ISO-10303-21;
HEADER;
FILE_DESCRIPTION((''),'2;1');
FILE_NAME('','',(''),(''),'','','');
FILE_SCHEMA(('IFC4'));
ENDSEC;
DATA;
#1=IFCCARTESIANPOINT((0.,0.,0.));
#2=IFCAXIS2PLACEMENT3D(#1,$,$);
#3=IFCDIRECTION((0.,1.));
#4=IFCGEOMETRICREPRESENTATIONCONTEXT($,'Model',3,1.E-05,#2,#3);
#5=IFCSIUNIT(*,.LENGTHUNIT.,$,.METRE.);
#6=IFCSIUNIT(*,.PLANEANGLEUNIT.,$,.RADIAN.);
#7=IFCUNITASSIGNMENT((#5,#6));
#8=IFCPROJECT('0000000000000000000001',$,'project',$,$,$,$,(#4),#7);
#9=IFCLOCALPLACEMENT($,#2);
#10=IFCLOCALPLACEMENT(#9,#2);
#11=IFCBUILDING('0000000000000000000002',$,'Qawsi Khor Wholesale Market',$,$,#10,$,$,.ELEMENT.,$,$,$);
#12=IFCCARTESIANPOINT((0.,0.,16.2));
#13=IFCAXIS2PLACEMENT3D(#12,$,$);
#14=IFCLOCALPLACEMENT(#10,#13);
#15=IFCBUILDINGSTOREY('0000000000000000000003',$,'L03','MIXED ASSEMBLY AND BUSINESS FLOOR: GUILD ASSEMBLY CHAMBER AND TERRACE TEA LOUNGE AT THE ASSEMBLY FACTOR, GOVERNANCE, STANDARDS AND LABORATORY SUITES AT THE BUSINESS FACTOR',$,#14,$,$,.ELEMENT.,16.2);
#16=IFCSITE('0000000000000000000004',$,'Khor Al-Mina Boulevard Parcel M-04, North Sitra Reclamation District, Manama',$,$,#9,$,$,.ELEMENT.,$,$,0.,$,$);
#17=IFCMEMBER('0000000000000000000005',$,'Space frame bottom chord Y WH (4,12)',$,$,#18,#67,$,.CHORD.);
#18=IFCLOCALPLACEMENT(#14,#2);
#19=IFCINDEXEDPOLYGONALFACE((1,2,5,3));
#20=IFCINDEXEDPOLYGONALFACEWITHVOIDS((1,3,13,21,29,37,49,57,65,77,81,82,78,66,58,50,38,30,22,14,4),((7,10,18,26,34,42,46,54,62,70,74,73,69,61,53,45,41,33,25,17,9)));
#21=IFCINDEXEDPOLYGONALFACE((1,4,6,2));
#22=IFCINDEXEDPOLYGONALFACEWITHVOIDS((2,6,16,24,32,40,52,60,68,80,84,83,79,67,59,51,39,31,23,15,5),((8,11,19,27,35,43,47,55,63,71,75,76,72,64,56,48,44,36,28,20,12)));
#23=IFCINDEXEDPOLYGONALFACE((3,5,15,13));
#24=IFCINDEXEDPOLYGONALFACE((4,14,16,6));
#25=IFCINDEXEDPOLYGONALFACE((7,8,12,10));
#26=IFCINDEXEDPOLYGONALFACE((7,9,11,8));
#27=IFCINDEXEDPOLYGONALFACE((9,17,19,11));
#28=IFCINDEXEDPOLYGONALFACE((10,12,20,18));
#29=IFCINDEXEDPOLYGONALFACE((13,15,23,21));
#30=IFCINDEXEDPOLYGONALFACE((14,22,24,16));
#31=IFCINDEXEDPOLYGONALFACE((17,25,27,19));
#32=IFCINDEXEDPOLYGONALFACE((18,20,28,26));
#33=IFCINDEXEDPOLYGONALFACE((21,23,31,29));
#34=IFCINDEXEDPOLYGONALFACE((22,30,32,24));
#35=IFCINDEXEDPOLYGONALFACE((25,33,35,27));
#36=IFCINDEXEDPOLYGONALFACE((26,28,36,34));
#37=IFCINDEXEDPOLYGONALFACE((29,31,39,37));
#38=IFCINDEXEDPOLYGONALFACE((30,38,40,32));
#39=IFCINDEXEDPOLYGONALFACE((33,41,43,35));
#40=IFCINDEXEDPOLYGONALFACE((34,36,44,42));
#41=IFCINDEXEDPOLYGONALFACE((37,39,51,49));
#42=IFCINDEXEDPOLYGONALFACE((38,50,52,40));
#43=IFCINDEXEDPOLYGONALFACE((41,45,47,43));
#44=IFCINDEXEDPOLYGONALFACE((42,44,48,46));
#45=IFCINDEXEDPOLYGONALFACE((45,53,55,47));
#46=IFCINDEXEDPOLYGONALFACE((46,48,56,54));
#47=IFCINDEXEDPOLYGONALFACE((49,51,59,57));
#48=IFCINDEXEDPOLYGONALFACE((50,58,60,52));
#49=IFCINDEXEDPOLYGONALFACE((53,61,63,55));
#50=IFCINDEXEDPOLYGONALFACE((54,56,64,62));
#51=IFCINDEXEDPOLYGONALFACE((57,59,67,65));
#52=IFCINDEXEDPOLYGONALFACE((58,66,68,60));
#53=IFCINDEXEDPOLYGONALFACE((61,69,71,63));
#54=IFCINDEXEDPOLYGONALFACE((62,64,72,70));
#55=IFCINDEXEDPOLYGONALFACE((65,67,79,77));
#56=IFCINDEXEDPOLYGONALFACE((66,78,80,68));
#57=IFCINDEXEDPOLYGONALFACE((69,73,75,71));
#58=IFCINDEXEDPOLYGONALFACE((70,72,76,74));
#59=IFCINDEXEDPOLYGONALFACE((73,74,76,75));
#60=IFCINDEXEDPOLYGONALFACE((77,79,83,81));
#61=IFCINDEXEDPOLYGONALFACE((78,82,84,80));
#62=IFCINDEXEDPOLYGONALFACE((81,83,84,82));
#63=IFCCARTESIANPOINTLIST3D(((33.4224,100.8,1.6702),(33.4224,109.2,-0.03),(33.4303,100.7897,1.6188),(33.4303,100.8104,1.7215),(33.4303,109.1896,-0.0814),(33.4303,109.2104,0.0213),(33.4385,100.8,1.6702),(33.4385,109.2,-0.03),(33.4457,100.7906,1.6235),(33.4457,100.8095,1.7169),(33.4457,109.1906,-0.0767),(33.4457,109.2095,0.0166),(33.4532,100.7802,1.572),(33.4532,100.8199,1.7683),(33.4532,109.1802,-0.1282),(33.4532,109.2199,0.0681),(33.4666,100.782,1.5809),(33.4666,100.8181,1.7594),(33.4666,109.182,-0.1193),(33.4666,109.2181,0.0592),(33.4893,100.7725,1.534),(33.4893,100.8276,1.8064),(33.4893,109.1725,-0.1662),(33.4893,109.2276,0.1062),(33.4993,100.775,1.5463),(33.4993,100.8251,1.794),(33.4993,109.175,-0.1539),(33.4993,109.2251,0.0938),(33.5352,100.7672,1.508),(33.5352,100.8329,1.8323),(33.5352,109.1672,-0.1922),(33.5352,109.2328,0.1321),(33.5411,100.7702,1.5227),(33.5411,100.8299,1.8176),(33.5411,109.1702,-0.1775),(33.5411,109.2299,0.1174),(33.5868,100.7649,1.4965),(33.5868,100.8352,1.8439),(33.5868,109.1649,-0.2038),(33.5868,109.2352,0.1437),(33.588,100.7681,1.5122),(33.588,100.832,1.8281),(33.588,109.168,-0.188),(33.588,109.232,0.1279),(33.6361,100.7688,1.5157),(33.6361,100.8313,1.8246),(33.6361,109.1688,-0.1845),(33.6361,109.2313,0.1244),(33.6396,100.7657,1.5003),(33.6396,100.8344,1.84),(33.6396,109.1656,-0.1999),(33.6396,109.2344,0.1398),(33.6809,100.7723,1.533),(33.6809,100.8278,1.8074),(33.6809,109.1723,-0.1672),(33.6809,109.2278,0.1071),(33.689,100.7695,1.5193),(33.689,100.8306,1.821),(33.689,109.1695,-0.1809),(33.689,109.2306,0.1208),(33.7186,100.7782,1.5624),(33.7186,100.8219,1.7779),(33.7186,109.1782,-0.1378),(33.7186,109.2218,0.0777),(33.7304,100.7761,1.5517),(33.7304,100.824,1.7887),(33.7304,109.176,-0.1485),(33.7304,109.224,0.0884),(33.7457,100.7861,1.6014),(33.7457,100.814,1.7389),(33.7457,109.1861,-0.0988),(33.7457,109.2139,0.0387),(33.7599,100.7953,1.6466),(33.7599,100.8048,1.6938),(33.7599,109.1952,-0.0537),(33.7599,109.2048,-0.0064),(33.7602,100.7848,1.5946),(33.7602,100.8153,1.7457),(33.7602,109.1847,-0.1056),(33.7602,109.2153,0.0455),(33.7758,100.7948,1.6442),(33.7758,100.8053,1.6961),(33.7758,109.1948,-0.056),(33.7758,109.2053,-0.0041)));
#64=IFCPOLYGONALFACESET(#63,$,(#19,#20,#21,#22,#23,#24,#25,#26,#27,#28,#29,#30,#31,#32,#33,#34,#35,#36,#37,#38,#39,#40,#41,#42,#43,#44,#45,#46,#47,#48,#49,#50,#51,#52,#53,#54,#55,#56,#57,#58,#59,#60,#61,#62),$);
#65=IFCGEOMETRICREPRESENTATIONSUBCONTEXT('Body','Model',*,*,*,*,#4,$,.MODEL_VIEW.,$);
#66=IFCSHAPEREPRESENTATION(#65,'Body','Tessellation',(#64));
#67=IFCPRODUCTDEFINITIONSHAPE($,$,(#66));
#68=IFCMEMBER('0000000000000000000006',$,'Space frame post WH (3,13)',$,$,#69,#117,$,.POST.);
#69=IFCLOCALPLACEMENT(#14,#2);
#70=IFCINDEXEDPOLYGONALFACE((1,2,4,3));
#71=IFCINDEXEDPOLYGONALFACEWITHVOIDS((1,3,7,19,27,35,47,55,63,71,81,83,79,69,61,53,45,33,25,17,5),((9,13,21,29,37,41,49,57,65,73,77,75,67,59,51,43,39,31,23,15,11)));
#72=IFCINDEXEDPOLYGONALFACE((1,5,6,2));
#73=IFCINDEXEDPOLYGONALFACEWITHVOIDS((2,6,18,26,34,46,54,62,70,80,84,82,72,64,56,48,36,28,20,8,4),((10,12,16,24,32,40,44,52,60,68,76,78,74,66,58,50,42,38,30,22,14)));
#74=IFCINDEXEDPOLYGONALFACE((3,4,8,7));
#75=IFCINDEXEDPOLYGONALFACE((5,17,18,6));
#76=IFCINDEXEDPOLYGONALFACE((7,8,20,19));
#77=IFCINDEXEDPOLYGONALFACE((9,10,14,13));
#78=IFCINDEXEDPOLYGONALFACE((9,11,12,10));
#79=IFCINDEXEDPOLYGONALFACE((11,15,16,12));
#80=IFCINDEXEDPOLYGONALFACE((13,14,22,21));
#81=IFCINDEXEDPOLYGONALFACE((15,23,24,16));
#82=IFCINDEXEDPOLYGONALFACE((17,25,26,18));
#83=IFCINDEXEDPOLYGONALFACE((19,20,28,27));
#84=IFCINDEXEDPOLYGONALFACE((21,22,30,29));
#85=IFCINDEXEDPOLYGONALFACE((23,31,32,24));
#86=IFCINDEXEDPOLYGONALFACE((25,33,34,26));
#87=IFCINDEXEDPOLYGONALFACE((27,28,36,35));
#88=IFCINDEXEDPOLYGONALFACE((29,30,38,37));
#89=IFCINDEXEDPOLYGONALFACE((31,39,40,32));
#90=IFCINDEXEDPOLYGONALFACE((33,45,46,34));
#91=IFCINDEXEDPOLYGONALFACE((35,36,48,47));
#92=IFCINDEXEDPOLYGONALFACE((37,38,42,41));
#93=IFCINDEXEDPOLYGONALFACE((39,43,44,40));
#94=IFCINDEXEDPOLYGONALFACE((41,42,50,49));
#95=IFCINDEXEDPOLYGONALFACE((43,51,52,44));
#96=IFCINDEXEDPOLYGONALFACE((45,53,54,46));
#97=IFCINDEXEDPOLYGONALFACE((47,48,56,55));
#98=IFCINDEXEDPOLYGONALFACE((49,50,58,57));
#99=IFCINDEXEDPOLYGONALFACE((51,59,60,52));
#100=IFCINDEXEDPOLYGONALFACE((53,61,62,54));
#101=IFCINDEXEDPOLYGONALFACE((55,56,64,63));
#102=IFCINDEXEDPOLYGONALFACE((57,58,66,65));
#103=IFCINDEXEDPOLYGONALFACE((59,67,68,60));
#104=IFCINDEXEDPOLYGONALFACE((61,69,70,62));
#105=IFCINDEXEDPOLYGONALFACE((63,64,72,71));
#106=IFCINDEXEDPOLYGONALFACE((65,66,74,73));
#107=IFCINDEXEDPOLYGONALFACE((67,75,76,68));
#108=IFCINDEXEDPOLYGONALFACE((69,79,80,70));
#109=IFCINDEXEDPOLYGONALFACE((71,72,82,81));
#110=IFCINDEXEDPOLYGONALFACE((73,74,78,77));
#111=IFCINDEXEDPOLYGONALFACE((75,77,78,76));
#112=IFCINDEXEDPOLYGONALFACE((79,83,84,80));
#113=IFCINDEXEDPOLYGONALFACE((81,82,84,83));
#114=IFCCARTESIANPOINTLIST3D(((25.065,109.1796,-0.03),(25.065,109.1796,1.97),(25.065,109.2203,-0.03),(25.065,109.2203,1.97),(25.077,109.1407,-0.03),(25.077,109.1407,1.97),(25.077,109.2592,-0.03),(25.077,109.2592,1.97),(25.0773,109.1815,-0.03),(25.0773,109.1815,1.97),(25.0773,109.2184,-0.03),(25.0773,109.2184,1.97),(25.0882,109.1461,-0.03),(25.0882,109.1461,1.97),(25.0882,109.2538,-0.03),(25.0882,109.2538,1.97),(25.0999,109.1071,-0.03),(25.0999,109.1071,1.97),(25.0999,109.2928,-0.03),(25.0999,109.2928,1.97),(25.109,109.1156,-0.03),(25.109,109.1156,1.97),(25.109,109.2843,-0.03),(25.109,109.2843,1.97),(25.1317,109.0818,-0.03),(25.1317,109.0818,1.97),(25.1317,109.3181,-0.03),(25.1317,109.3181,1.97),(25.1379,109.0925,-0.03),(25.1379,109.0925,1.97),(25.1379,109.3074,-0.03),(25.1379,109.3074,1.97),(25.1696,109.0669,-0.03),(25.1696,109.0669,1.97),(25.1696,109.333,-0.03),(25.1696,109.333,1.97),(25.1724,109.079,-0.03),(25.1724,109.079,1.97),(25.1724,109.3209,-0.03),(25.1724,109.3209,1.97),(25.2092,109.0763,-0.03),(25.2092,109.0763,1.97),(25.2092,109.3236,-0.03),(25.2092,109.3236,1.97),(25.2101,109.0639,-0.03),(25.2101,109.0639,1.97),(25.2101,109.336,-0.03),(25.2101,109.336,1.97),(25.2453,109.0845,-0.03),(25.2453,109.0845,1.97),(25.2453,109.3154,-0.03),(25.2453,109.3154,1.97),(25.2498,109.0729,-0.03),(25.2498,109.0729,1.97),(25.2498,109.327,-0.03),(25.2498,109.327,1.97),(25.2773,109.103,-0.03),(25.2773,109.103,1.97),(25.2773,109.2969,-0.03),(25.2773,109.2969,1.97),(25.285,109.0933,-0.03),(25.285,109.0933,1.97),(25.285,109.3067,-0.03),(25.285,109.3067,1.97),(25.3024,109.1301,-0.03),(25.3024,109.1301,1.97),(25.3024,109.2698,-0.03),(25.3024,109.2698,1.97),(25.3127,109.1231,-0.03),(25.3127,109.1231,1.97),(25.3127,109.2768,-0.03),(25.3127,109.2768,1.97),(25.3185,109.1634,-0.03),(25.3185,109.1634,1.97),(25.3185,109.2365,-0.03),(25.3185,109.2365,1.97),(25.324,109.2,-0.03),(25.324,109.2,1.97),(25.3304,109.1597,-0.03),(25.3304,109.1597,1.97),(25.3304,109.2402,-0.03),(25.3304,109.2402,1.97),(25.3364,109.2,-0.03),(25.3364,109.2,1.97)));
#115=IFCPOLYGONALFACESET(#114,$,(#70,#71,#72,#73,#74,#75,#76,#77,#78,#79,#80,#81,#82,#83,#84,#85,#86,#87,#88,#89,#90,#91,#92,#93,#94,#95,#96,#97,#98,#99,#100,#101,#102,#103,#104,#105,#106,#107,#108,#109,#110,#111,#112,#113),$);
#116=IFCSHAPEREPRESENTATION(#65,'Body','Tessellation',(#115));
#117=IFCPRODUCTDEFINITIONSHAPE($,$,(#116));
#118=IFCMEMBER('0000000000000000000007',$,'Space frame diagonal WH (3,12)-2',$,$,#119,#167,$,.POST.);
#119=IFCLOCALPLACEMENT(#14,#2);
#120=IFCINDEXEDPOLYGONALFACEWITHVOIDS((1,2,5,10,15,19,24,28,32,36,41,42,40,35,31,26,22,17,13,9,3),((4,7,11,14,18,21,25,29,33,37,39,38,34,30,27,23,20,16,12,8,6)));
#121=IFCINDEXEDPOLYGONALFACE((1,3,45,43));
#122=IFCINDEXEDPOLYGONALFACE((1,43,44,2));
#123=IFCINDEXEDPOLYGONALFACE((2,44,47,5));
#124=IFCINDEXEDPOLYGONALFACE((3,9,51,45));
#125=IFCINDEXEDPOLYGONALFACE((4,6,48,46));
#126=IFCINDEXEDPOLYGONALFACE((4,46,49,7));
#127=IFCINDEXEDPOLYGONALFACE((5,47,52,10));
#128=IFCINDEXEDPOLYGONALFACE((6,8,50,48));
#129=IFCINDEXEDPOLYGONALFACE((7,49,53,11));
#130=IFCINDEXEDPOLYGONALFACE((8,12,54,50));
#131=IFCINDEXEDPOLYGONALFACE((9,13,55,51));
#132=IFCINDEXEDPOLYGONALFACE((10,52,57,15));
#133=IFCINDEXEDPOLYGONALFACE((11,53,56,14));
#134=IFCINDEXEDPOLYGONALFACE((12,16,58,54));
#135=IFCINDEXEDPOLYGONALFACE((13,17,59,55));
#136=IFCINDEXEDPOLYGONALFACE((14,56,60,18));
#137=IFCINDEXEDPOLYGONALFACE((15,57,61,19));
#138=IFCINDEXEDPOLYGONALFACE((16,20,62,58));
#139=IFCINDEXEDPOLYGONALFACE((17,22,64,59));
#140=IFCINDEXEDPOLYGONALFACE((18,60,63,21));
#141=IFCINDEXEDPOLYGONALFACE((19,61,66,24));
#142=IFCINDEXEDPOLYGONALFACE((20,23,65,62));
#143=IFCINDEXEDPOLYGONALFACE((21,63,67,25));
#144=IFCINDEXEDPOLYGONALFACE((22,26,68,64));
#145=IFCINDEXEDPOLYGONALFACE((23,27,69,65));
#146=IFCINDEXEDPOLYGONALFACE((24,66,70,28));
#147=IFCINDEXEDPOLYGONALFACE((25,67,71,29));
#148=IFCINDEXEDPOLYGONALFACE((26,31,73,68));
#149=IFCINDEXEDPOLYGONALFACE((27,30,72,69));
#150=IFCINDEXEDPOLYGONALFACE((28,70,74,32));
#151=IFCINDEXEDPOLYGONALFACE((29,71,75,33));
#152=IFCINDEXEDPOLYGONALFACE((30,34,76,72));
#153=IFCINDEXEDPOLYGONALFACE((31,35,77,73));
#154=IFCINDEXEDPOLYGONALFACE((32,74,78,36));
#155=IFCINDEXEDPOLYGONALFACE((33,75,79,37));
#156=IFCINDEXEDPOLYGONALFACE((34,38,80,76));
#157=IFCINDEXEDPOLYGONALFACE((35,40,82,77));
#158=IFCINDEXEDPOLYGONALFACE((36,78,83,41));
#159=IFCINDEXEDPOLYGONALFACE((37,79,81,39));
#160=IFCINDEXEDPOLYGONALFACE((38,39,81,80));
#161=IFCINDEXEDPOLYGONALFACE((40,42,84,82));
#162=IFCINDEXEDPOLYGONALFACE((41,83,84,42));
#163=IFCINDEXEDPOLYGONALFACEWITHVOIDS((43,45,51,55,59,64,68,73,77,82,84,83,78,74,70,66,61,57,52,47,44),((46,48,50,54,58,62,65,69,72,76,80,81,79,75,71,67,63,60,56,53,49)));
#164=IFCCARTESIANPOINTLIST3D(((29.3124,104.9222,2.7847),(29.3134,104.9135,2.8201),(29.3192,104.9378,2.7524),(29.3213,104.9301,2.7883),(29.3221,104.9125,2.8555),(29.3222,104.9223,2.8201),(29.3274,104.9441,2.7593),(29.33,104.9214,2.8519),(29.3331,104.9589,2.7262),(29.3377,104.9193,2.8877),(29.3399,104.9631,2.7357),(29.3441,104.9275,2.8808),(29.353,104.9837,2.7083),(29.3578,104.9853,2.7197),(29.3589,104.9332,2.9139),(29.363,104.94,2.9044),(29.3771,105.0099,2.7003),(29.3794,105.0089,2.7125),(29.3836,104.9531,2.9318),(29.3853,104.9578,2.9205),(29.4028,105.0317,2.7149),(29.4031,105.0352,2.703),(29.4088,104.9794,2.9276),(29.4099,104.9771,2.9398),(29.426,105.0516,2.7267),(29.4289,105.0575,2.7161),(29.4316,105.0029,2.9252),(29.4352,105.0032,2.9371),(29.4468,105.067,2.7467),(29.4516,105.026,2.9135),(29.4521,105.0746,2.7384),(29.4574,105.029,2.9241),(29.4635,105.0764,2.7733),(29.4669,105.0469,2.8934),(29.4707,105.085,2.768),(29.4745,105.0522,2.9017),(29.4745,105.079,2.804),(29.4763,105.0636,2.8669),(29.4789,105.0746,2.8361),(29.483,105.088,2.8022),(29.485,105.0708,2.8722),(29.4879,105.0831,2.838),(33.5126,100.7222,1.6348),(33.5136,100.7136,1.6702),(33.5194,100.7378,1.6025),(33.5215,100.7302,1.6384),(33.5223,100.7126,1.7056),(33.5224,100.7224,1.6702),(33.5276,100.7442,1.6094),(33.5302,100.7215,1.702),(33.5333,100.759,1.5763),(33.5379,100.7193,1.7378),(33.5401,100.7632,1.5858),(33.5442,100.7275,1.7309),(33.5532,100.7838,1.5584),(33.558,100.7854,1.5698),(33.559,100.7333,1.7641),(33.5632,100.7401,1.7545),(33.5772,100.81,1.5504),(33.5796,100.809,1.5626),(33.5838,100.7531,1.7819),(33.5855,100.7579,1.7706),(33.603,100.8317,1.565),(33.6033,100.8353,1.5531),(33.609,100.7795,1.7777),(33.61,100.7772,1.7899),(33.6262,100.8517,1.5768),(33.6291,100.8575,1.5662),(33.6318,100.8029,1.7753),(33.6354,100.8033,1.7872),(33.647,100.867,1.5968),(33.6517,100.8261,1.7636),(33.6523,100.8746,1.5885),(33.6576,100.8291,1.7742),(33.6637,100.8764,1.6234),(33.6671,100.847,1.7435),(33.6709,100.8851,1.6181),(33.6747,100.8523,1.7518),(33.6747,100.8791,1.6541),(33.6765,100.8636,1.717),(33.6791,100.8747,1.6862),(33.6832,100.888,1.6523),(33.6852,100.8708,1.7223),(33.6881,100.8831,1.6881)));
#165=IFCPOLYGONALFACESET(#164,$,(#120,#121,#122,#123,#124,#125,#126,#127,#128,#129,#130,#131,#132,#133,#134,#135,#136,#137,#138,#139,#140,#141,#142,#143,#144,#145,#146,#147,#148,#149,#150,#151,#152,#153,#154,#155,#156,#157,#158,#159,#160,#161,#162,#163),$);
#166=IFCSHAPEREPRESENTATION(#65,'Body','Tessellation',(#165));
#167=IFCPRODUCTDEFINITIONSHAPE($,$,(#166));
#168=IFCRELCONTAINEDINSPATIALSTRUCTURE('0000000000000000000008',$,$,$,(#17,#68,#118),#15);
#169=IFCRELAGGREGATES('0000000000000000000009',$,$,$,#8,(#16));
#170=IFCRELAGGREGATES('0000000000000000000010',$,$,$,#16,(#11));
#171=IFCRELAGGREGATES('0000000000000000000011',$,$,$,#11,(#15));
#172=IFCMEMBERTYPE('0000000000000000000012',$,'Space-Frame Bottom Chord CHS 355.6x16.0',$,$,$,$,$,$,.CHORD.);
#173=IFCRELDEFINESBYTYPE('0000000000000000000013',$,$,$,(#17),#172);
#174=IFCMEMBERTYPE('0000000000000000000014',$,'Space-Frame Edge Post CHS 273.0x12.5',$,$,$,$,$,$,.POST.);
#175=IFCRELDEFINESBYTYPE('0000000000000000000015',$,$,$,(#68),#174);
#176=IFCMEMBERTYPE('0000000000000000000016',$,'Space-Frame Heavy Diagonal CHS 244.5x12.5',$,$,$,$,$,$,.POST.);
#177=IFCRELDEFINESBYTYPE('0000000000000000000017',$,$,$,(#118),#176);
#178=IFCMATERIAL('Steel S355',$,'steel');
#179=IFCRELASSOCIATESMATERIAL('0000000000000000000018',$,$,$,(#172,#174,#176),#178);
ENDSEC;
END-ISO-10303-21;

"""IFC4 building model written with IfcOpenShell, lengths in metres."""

from ifc_helpers import new_model, si_unit, direction, frame, origin, origin_2d, place, context, subcontext, project, spatial, hollow_circle, extrude, material, material_profile, profile_set, type_object, element, save


model = new_model("IFC4")

# Units and contexts
model_context = context("Model", 3, precision=1e-05, world=origin(), true_north=direction((0.0, 1.0)))
body_context = subcontext(model_context, "Body", "Model", "MODEL_VIEW")
ifc_project = project(units=[si_unit("LENGTHUNIT", "METRE"), si_unit("PLANEANGLEUNIT", "RADIAN")], contexts=[model_context])

# Site, building, storey
site_placement = place(None, origin())
site = spatial("IfcSite", under=ifc_project, at=site_placement, Name="Khor Al-Mina Boulevard Parcel M-04, North Sitra Reclamation District, Manama", CompositionType="ELEMENT", RefElevation=0.0)
building_placement = place(site_placement, origin())
building = spatial("IfcBuilding", under=site, at=building_placement, Name="Qawsi Khor Wholesale Market", CompositionType="ELEMENT")
storey_placement = place(building_placement, frame((0.0, 0.0, 16.2)))
storey = spatial("IfcBuildingStorey", under=building, at=storey_placement, Name="L03", Description="MIXED ASSEMBLY AND BUSINESS FLOOR: GUILD ASSEMBLY CHAMBER AND TERRACE TEA LOUNGE AT THE ASSEMBLY FACTOR, GOVERNANCE, STANDARDS AND LABORATORY SUITES AT THE BUSINESS FACTOR", CompositionType="ELEMENT", Elevation=16.2)

# Members
ifc_material_1 = material(Name="Steel S355", Category="steel")
ifc_material_profile_1 = material_profile(ifc_material_1, hollow_circle(Radius=0.1777, WallThickness=0.0161, at=origin_2d()), Name="CHS 355.6x16.0")
ifc_profile_set_1 = profile_set([ifc_material_profile_1], Name="Steel S355")
member_type_1 = type_object("IfcMemberType", Name="Space-Frame Bottom Chord CHS 355.6x16.0", PredefinedType="CHORD", material=ifc_profile_set_1)
member_1_placement = place(storey_placement, frame((33.6001, 100.8, 1.6702), z_axis=(0.0, 0.980124, -0.198384), x_axis=(-1.0, 0.0, 0.0)))
element("IfcMember", 1, at=member_1_placement, inside=storey, type_object=member_type_1, Name="Space frame bottom chord Y WH (4,12)", PredefinedType="CHORD", context=body_context, shape_type="SweptSolid", body=[
    extrude(hollow_circle(Radius=0.1777, WallThickness=0.0161, at=origin_2d()), origin(), (0.0, 0.0, 1.0), 8.5703),
])
ifc_material_profile_2 = material_profile(ifc_material_1, hollow_circle(Radius=0.1365, WallThickness=0.0125, at=origin_2d()), Name="CHS 273.0x12.5")
ifc_profile_set_2 = profile_set([ifc_material_profile_2], Name="Steel S355")
member_type_2 = type_object("IfcMemberType", Name="Space-Frame Edge Post CHS 273.0x12.5", PredefinedType="POST", material=ifc_profile_set_2)
member_2_placement = place(storey_placement, frame((25.2, 109.2, -0.03), z_axis=(0.0, 0.0, 1.0), x_axis=(1.0, 0.0, 0.0)))
element("IfcMember", 2, at=member_2_placement, inside=storey, type_object=member_type_2, Name="Space frame post WH (3,13)", PredefinedType="POST", context=body_context, shape_type="SweptSolid", body=[
    extrude(hollow_circle(Radius=0.1365, WallThickness=0.0125, at=origin_2d()), origin(), (0.0, 0.0, 1.0), 2.0),
])
ifc_material_profile_3 = material_profile(ifc_material_1, hollow_circle(Radius=0.1223, WallThickness=0.0125, at=origin_2d()), Name="CHS 244.5x12.5")
ifc_profile_set_3 = profile_set([ifc_material_profile_3], Name="Steel S355")
member_type_3 = type_object("IfcMemberType", Name="Space-Frame Heavy Diagonal CHS 244.5x12.5", PredefinedType="POST", material=ifc_profile_set_3)
member_3_placement = place(storey_placement, frame((33.6001, 100.8, 1.6702), z_axis=(-0.694238, 0.694197, 0.190064), x_axis=(-0.707086, -0.707127, 0.0)))
element("IfcMember", 3, at=member_3_placement, inside=storey, type_object=member_type_3, Name="Space frame diagonal WH (3,12)-2", PredefinedType="POST", context=body_context, shape_type="SweptSolid", body=[
    extrude(hollow_circle(Radius=0.1223, WallThickness=0.0125, at=origin_2d()), origin(), (0.0, 0.0, 1.0), 6.05),
])

save(model, "model.ifc")
